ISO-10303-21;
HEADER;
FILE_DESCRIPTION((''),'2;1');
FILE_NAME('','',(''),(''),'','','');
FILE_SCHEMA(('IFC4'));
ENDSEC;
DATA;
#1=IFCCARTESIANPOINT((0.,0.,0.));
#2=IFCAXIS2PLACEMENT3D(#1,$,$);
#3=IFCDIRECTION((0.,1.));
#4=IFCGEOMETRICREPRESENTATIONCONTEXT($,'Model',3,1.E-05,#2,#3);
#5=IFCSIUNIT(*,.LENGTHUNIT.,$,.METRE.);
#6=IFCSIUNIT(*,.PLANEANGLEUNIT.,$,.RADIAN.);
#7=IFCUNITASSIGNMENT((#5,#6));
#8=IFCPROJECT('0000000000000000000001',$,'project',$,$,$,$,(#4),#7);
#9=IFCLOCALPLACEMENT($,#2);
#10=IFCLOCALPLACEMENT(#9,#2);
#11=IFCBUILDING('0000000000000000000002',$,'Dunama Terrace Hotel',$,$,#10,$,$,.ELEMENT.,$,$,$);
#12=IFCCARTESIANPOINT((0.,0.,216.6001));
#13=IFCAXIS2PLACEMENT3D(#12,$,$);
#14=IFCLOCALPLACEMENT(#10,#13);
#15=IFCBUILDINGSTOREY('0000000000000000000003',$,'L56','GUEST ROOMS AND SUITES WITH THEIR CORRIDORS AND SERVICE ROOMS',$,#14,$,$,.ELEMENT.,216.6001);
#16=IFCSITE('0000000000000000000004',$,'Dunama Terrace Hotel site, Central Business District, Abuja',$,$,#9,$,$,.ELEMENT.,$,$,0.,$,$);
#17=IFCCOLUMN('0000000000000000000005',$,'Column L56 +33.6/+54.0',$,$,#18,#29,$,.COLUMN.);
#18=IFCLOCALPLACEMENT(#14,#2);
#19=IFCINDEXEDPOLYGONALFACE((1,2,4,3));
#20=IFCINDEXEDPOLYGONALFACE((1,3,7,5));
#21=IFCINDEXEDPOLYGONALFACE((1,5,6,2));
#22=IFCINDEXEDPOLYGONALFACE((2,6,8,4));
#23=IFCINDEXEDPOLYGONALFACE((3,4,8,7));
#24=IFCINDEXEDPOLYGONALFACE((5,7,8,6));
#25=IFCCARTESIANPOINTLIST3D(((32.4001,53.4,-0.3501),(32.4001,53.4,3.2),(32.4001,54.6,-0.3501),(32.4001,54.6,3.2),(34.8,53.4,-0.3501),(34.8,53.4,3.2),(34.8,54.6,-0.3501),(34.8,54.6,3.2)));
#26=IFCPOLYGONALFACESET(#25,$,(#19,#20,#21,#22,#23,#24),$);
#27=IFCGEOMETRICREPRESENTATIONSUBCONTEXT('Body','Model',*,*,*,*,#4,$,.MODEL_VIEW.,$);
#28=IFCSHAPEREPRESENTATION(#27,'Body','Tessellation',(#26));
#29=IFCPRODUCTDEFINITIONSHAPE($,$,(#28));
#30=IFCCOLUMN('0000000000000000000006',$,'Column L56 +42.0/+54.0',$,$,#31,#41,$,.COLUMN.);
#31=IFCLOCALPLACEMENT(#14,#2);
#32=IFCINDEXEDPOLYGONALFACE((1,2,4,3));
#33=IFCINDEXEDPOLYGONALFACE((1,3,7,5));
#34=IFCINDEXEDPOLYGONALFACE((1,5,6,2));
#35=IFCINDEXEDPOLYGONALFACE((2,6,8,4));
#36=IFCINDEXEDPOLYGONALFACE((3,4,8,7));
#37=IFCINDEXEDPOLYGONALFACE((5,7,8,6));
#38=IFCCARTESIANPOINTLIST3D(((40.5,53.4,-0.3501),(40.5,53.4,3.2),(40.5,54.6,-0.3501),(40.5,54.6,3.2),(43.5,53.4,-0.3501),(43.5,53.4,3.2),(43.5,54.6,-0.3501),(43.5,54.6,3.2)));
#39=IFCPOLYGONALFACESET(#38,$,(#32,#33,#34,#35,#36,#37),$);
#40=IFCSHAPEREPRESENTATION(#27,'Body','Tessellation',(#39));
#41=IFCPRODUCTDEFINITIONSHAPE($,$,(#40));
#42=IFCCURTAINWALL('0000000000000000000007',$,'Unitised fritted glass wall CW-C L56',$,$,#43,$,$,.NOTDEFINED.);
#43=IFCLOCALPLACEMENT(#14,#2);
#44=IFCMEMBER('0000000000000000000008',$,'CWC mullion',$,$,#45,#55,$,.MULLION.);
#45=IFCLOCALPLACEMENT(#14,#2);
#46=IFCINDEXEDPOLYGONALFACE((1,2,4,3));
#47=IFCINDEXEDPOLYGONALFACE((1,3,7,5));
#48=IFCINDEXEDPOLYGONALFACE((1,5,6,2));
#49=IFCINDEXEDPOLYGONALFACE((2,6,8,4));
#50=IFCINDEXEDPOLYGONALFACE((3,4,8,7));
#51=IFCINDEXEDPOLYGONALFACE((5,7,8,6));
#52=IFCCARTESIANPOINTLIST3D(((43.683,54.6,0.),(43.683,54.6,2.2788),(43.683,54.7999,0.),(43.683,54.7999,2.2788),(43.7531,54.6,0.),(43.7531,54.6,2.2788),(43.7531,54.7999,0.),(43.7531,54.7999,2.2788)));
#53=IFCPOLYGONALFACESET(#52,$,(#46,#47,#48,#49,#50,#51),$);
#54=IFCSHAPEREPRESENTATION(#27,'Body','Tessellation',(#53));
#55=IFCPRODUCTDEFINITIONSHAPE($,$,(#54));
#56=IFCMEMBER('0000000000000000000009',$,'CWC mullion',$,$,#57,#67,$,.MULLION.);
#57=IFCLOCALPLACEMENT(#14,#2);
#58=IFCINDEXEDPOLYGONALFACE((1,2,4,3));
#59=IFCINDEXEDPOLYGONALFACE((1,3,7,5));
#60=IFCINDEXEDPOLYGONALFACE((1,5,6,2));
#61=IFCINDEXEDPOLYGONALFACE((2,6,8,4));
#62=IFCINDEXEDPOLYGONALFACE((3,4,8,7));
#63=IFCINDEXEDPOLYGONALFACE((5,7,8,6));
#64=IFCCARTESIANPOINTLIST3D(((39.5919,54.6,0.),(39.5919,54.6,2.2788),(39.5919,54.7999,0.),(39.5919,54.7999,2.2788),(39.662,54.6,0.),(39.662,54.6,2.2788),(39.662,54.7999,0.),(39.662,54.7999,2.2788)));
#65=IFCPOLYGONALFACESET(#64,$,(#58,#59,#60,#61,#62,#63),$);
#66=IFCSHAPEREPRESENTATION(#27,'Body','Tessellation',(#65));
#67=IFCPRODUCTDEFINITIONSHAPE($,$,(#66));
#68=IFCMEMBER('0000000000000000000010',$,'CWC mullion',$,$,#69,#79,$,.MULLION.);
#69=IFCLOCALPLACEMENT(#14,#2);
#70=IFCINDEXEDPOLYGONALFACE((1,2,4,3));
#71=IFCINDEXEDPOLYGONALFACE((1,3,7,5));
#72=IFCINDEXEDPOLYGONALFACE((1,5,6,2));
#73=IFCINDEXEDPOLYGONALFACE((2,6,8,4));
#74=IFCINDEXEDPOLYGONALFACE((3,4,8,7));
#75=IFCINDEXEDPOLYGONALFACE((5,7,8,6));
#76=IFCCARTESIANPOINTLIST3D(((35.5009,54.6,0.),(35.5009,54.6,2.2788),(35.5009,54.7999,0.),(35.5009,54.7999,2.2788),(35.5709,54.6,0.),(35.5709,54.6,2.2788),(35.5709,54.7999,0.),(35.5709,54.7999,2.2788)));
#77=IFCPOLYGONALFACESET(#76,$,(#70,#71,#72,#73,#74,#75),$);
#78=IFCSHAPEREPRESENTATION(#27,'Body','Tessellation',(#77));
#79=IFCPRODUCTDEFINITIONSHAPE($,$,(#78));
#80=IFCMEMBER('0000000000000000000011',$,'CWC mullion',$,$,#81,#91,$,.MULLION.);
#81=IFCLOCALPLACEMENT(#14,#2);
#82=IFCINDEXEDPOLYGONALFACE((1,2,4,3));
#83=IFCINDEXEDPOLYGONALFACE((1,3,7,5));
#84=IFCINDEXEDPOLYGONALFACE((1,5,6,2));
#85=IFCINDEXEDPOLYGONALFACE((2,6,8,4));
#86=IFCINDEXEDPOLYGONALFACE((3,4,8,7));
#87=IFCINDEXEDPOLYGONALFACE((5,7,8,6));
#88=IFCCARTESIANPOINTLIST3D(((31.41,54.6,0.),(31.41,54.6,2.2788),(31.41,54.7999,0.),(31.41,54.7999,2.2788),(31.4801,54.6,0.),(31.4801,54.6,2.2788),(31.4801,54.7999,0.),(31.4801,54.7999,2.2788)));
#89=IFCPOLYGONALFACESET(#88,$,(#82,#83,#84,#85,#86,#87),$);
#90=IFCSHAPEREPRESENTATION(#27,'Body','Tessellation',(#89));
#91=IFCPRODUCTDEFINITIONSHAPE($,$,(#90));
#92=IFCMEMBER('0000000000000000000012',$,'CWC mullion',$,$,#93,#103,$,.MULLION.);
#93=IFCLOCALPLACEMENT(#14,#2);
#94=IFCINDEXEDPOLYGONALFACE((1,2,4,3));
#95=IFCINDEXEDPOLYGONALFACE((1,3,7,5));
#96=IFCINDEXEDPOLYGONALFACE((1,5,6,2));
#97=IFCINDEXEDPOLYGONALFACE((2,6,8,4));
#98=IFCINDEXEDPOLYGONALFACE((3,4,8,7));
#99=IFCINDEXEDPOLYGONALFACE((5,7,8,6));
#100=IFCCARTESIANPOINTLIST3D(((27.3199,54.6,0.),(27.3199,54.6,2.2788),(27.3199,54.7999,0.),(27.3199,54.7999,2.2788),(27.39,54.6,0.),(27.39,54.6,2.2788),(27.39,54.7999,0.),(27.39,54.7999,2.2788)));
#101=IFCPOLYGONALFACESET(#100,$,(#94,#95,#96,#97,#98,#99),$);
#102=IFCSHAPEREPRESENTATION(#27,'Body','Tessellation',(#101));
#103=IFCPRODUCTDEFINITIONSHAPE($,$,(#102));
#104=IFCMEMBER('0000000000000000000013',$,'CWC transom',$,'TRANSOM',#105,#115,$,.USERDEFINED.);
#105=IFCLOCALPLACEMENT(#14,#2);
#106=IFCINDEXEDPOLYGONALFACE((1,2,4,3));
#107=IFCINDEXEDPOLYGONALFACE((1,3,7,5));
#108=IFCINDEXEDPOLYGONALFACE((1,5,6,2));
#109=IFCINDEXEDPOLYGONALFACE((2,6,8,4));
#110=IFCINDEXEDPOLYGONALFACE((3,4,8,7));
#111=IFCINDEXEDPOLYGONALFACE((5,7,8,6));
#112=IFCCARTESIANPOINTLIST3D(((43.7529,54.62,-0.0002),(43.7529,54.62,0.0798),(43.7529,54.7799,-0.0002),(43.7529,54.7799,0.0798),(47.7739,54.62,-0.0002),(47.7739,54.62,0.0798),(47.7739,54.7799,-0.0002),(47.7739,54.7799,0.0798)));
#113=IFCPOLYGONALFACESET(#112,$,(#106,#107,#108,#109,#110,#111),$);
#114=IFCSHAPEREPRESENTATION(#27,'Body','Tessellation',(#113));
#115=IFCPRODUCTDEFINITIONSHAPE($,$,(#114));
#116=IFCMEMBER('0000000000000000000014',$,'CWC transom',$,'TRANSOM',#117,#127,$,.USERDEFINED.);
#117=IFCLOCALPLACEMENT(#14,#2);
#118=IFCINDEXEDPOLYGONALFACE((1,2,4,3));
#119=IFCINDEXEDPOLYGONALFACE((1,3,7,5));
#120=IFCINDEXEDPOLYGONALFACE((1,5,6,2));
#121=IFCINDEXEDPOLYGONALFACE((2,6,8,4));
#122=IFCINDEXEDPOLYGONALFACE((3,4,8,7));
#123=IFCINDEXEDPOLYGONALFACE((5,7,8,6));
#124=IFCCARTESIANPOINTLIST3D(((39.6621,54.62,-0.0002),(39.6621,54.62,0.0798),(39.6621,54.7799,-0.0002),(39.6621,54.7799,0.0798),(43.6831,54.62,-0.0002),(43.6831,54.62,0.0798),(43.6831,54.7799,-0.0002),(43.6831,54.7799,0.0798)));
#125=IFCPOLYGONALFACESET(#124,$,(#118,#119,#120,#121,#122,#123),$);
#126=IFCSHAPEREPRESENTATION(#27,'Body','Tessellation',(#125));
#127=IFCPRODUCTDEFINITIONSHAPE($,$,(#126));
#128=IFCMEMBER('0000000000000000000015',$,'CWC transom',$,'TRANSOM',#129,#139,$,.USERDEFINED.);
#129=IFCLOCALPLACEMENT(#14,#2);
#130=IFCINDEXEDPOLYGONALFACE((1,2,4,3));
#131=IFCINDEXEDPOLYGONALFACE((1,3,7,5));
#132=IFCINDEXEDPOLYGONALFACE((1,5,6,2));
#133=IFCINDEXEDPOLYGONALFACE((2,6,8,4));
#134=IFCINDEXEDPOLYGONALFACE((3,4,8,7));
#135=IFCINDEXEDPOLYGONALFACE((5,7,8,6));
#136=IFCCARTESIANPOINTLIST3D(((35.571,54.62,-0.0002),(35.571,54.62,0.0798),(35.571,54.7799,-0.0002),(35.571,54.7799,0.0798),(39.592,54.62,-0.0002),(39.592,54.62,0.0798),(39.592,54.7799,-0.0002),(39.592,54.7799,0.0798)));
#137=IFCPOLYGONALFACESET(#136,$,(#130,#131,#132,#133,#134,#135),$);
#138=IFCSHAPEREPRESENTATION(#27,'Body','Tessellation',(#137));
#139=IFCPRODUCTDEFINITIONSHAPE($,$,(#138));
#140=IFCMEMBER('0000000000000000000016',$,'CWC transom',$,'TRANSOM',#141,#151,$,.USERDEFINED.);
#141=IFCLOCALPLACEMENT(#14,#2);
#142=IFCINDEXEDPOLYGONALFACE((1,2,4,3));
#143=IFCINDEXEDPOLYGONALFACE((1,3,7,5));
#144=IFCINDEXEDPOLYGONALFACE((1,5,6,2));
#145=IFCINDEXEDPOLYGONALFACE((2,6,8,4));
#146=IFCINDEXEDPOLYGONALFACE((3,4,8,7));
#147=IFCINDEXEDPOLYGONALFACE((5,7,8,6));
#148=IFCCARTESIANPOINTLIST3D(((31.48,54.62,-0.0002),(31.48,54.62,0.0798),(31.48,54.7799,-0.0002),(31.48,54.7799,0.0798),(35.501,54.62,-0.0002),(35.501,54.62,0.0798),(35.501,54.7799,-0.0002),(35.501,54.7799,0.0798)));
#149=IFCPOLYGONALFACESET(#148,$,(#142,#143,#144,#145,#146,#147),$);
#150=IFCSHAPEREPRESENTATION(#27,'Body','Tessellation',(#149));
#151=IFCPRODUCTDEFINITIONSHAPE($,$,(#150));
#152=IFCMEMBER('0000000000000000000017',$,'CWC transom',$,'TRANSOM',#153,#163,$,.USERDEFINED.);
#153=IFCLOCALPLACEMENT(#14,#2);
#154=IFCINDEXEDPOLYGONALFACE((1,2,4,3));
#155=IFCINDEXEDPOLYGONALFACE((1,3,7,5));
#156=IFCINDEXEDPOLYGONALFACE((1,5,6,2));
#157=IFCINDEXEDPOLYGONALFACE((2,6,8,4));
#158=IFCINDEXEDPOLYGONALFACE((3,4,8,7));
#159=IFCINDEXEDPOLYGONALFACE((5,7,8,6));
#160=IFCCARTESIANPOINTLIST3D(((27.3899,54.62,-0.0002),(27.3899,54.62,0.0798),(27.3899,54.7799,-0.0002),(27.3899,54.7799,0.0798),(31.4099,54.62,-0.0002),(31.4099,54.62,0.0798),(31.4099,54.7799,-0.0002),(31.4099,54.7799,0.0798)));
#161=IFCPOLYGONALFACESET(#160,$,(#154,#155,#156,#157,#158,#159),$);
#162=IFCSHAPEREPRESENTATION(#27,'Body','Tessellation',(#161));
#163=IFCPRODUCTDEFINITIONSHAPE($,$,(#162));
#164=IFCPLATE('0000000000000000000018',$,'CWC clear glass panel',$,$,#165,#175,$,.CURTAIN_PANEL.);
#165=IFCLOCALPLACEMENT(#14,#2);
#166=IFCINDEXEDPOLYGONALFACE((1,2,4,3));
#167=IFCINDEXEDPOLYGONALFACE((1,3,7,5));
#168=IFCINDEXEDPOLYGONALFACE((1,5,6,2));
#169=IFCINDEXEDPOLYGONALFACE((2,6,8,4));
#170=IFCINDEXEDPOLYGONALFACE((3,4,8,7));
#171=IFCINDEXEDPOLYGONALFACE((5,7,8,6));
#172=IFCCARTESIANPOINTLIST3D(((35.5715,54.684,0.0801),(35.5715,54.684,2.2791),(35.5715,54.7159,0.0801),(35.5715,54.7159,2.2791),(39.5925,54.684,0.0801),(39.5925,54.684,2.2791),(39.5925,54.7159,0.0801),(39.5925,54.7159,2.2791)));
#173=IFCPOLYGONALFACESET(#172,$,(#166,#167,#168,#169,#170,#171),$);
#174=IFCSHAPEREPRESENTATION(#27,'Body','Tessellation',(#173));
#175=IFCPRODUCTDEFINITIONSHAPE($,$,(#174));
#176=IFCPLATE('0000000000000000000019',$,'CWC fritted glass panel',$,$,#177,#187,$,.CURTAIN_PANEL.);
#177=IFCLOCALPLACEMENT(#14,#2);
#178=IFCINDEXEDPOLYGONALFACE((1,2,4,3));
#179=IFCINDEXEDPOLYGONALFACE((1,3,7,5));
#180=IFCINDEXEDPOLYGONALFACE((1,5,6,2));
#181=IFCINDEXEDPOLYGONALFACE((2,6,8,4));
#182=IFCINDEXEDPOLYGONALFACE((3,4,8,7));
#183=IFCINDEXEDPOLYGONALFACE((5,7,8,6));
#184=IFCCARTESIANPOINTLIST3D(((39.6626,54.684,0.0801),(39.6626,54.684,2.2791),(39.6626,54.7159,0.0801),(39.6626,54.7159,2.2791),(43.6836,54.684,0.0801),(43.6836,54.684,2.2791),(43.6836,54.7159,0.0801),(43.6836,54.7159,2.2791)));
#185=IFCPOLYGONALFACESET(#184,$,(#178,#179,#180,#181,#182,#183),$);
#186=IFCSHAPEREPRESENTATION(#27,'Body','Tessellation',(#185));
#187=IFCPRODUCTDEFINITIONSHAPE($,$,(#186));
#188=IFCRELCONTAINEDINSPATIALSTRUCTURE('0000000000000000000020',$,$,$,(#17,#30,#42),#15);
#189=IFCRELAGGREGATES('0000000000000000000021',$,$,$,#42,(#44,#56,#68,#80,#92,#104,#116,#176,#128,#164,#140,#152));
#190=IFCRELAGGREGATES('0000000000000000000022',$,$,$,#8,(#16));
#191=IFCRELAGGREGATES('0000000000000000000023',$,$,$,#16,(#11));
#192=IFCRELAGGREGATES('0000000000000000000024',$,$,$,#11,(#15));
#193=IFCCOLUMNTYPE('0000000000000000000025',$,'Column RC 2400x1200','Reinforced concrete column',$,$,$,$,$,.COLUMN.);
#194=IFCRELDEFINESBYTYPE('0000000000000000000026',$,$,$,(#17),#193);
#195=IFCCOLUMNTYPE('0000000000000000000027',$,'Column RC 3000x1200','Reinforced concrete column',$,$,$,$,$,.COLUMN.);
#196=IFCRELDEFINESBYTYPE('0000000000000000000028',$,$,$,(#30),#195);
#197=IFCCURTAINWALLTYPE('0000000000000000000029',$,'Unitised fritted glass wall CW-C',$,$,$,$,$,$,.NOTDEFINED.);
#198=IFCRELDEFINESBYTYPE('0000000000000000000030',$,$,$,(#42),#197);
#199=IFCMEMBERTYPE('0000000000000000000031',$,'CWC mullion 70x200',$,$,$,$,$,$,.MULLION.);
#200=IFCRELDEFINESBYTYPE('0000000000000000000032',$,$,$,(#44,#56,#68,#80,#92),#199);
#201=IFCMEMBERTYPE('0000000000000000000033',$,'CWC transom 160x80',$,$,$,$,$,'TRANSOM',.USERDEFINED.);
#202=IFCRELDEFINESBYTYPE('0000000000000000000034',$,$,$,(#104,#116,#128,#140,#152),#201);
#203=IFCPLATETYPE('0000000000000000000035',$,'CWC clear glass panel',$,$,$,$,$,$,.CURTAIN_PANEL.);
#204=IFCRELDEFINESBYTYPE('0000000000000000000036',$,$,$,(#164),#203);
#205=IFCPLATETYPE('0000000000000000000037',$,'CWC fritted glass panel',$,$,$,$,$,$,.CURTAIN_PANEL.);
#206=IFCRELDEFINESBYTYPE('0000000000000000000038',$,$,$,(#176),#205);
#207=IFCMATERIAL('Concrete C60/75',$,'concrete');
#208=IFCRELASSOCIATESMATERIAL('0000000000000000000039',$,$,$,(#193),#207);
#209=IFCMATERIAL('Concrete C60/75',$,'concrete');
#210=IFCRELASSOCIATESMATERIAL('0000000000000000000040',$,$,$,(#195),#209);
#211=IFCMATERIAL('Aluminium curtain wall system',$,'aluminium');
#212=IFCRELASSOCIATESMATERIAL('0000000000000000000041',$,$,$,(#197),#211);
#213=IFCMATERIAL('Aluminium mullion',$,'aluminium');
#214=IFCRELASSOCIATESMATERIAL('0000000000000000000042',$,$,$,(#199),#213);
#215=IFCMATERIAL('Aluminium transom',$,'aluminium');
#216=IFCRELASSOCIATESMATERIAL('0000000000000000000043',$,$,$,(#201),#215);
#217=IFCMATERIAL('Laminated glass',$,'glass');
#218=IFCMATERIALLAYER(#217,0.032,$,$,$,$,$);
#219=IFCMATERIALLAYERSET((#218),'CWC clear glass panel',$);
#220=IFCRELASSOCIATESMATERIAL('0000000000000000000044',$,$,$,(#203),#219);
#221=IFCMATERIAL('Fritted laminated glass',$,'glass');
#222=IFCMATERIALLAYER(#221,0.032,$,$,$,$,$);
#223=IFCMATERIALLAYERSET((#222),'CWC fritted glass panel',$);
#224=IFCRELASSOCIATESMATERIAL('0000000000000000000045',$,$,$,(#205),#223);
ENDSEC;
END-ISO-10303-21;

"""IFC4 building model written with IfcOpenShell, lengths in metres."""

from ifc_helpers import new_model, si_unit, direction, frame, origin, origin_2d, place, context, subcontext, project, spatial, rectangle, extrude, material, layer, layer_set, material_profile, profile_set, type_object, element, aggregate, save


model = new_model("IFC4")

# Units and contexts
model_context = context("Model", 3, precision=1e-05, world=origin(), true_north=direction((0.0, 1.0)))
body_context = subcontext(model_context, "Body", "Model", "MODEL_VIEW")
ifc_project = project(units=[si_unit("LENGTHUNIT", "METRE"), si_unit("PLANEANGLEUNIT", "RADIAN")], contexts=[model_context])

# Site, building, storey
site_placement = place(None, origin())
site = spatial("IfcSite", under=ifc_project, at=site_placement, Name="Dunama Terrace Hotel site, Central Business District, Abuja", CompositionType="ELEMENT", RefElevation=0.0)
building_placement = place(site_placement, origin())
building = spatial("IfcBuilding", under=site, at=building_placement, Name="Dunama Terrace Hotel", CompositionType="ELEMENT")
storey_placement = place(building_placement, frame((0.0, 0.0, 216.6001)))
storey = spatial("IfcBuildingStorey", under=building, at=storey_placement, Name="L56", Description="GUEST ROOMS AND SUITES WITH THEIR CORRIDORS AND SERVICE ROOMS", CompositionType="ELEMENT", Elevation=216.6001)

# Columns
ifc_material_1 = material(Name="Concrete C60/75", Category="concrete")
ifc_material_profile_1 = material_profile(ifc_material_1, rectangle(XDim=2.3999, YDim=1.2, at=origin_2d()), Name="RC 2400x1200")
ifc_profile_set_1 = profile_set([ifc_material_profile_1], Name="Concrete C60/75")
column_type_1 = type_object("IfcColumnType", Name="Column RC 2400x1200", Description="Reinforced concrete column", PredefinedType="COLUMN", material=ifc_profile_set_1)
column_1_placement = place(storey_placement, frame((33.6001, 54.0, -0.3501), z_axis=(0.0, 0.0, 1.0), x_axis=(1.0, 0.0, 0.0)))
element("IfcColumn", 1, at=column_1_placement, inside=storey, type_object=column_type_1, Name="Column L56 +33.6/+54.0", PredefinedType="COLUMN", context=body_context, shape_type="SweptSolid", body=[
    extrude(rectangle(XDim=2.3999, YDim=1.2, at=origin_2d()), origin(), (0.0, 0.0, 1.0), 3.55),
])
ifc_material_2 = material(Name="Concrete C60/75", Category="concrete")
ifc_material_profile_2 = material_profile(ifc_material_2, rectangle(XDim=3.0, YDim=1.2, at=origin_2d()), Name="RC 3000x1200")
ifc_profile_set_2 = profile_set([ifc_material_profile_2], Name="Concrete C60/75")
column_type_2 = type_object("IfcColumnType", Name="Column RC 3000x1200", Description="Reinforced concrete column", PredefinedType="COLUMN", material=ifc_profile_set_2)
column_2_placement = place(storey_placement, frame((42.0, 54.0, -0.3501), z_axis=(0.0, 0.0, 1.0), x_axis=(1.0, 0.0, 0.0)))
element("IfcColumn", 2, at=column_2_placement, inside=storey, type_object=column_type_2, Name="Column L56 +42.0/+54.0", PredefinedType="COLUMN", context=body_context, shape_type="SweptSolid", body=[
    extrude(rectangle(XDim=3.0, YDim=1.2, at=origin_2d()), origin(), (0.0, 0.0, 1.0), 3.55),
])

# Curtain wall, members, plates
ifc_material_3 = material(Name="Aluminium curtain wall system", Category="aluminium")
curtain_wall_type = type_object("IfcCurtainWallType", Name="Unitised fritted glass wall CW-C", PredefinedType="NOTDEFINED", material=ifc_material_3)
curtain_wall_placement = place(storey_placement, origin())
curtain_wall = element("IfcCurtainWall", 3, at=curtain_wall_placement, inside=storey, type_object=curtain_wall_type, Name="Unitised fritted glass wall CW-C L56", PredefinedType="NOTDEFINED")
ifc_material_4 = material(Name="Aluminium mullion", Category="aluminium")
ifc_material_profile_3 = material_profile(ifc_material_4, rectangle(XDim=0.0701, YDim=0.2, at=origin_2d()), Name="CWC MULLION 70X200")
ifc_profile_set_3 = profile_set([ifc_material_profile_3], Name="Aluminium mullion")
member_type_1 = type_object("IfcMemberType", Name="CWC mullion 70x200", PredefinedType="MULLION", material=ifc_profile_set_3)
member_1_placement = place(storey_placement, frame((43.718, 54.7, 0.0), z_axis=(0.0, 0.0, 1.0), x_axis=(-1.0, 0.0, 0.0)))
member_1 = element("IfcMember", 4, at=member_1_placement, type_object=member_type_1, Name="CWC mullion", PredefinedType="MULLION", context=body_context, shape_type="SweptSolid", body=[
    extrude(rectangle(XDim=0.0701, YDim=0.2, at=origin_2d()), origin(), (0.0, 0.0, 1.0), 2.2788),
])
member_2_placement = place(storey_placement, frame((39.627, 54.7, 0.0), z_axis=(0.0, 0.0, 1.0), x_axis=(-1.0, 0.0, 0.0)))
member_2 = element("IfcMember", 5, at=member_2_placement, type_object=member_type_1, Name="CWC mullion", PredefinedType="MULLION", context=body_context, shape_type="SweptSolid", body=[
    extrude(rectangle(XDim=0.0701, YDim=0.2, at=origin_2d()), origin(), (0.0, 0.0, 1.0), 2.2788),
])
member_3_placement = place(storey_placement, frame((35.5359, 54.7, 0.0), z_axis=(0.0, 0.0, 1.0), x_axis=(-1.0, 0.0, 0.0)))
member_3 = element("IfcMember", 6, at=member_3_placement, type_object=member_type_1, Name="CWC mullion", PredefinedType="MULLION", context=body_context, shape_type="SweptSolid", body=[
    extrude(rectangle(XDim=0.0701, YDim=0.2, at=origin_2d()), origin(), (0.0, 0.0, 1.0), 2.2788),
])
member_4_placement = place(storey_placement, frame((31.4451, 54.7, 0.0), z_axis=(0.0, 0.0, 1.0), x_axis=(-1.0, 0.0, 0.0)))
member_4 = element("IfcMember", 7, at=member_4_placement, type_object=member_type_1, Name="CWC mullion", PredefinedType="MULLION", context=body_context, shape_type="SweptSolid", body=[
    extrude(rectangle(XDim=0.0701, YDim=0.2, at=origin_2d()), origin(), (0.0, 0.0, 1.0), 2.2788),
])
member_5_placement = place(storey_placement, frame((27.355, 54.7, 0.0), z_axis=(0.0, 0.0, 1.0), x_axis=(-1.0, 0.0, 0.0)))
member_5 = element("IfcMember", 8, at=member_5_placement, type_object=member_type_1, Name="CWC mullion", PredefinedType="MULLION", context=body_context, shape_type="SweptSolid", body=[
    extrude(rectangle(XDim=0.0701, YDim=0.2, at=origin_2d()), origin(), (0.0, 0.0, 1.0), 2.2788),
])
ifc_material_5 = material(Name="Aluminium transom", Category="aluminium")
ifc_material_profile_4 = material_profile(ifc_material_5, rectangle(XDim=0.1599, YDim=0.0801, at=origin_2d()), Name="CWC TRANSOM 160X80")
ifc_profile_set_4 = profile_set([ifc_material_profile_4], Name="Aluminium transom")
member_type_2 = type_object("IfcMemberType", Name="CWC transom 160x80", ElementType="TRANSOM", PredefinedType="USERDEFINED", material=ifc_profile_set_4)
member_6_placement = place(storey_placement, frame((47.7739, 54.7, 0.0398), z_axis=(-1.0, 0.0, 0.0), x_axis=(0.0, -1.0, 0.0)))
member_6 = element("IfcMember", 9, at=member_6_placement, type_object=member_type_2, Name="CWC transom", ObjectType="TRANSOM", PredefinedType="USERDEFINED", context=body_context, shape_type="SweptSolid", body=[
    extrude(rectangle(XDim=0.1599, YDim=0.0801, at=origin_2d()), origin(), (0.0, 0.0, 1.0), 4.021),
])
member_7_placement = place(storey_placement, frame((43.6831, 54.7, 0.0398), z_axis=(-1.0, 0.0, 0.0), x_axis=(0.0, -1.0, 0.0)))
member_7 = element("IfcMember", 10, at=member_7_placement, type_object=member_type_2, Name="CWC transom", ObjectType="TRANSOM", PredefinedType="USERDEFINED", context=body_context, shape_type="SweptSolid", body=[
    extrude(rectangle(XDim=0.1599, YDim=0.0801, at=origin_2d()), origin(), (0.0, 0.0, 1.0), 4.021),
])
member_8_placement = place(storey_placement, frame((39.592, 54.7, 0.0398), z_axis=(-1.0, 0.0, 0.0), x_axis=(0.0, -1.0, 0.0)))
member_8 = element("IfcMember", 11, at=member_8_placement, type_object=member_type_2, Name="CWC transom", ObjectType="TRANSOM", PredefinedType="USERDEFINED", context=body_context, shape_type="SweptSolid", body=[
    extrude(rectangle(XDim=0.1599, YDim=0.0801, at=origin_2d()), origin(), (0.0, 0.0, 1.0), 4.021),
])
member_9_placement = place(storey_placement, frame((35.501, 54.7, 0.0398), z_axis=(-1.0, 0.0, 0.0), x_axis=(0.0, -1.0, 0.0)))
member_9 = element("IfcMember", 12, at=member_9_placement, type_object=member_type_2, Name="CWC transom", ObjectType="TRANSOM", PredefinedType="USERDEFINED", context=body_context, shape_type="SweptSolid", body=[
    extrude(rectangle(XDim=0.1599, YDim=0.0801, at=origin_2d()), origin(), (0.0, 0.0, 1.0), 4.021),
])
member_10_placement = place(storey_placement, frame((31.4099, 54.7, 0.0398), z_axis=(-1.0, 0.0, 0.0), x_axis=(0.0, -1.0, 0.0)))
member_10 = element("IfcMember", 13, at=member_10_placement, type_object=member_type_2, Name="CWC transom", ObjectType="TRANSOM", PredefinedType="USERDEFINED", context=body_context, shape_type="SweptSolid", body=[
    extrude(rectangle(XDim=0.1599, YDim=0.0801, at=origin_2d()), origin(), (0.0, 0.0, 1.0), 4.02),
])
ifc_material_6 = material(Name="Laminated glass", Category="glass")
ifc_layer_1 = layer(ifc_material_6, 0.032)
ifc_layer_set_1 = layer_set([ifc_layer_1], Name="CWC clear glass panel")
plate_type_1 = type_object("IfcPlateType", Name="CWC clear glass panel", PredefinedType="CURTAIN_PANEL", material=ifc_layer_set_1)
plate_1_placement = place(storey_placement, frame((37.582, 54.7, 0.0801), z_axis=(0.0, 0.0, 1.0), x_axis=(-1.0, 0.0, 0.0)))
plate_1 = element("IfcPlate", 14, at=plate_1_placement, type_object=plate_type_1, Name="CWC clear glass panel", PredefinedType="CURTAIN_PANEL", context=body_context, shape_type="SweptSolid", body=[
    extrude(rectangle(XDim=4.021, YDim=0.032, at=origin_2d()), origin(), (0.0, 0.0, 1.0), 2.199),
])
ifc_material_7 = material(Name="Fritted laminated glass", Category="glass")
ifc_layer_2 = layer(ifc_material_7, 0.032)
ifc_layer_set_2 = layer_set([ifc_layer_2], Name="CWC fritted glass panel")
plate_type_2 = type_object("IfcPlateType", Name="CWC fritted glass panel", PredefinedType="CURTAIN_PANEL", material=ifc_layer_set_2)
plate_2_placement = place(storey_placement, frame((41.6731, 54.7, 0.0801), z_axis=(0.0, 0.0, 1.0), x_axis=(-1.0, 0.0, 0.0)))
plate_2 = element("IfcPlate", 15, at=plate_2_placement, type_object=plate_type_2, Name="CWC fritted glass panel", PredefinedType="CURTAIN_PANEL", context=body_context, shape_type="SweptSolid", body=[
    extrude(rectangle(XDim=4.021, YDim=0.032, at=origin_2d()), origin(), (0.0, 0.0, 1.0), 2.199),
])
aggregate(curtain_wall, [member_1, member_2, member_3, member_4, member_5, member_6, member_7, plate_2, member_8, plate_1, member_9, member_10])

save(model, "model.ifc")
